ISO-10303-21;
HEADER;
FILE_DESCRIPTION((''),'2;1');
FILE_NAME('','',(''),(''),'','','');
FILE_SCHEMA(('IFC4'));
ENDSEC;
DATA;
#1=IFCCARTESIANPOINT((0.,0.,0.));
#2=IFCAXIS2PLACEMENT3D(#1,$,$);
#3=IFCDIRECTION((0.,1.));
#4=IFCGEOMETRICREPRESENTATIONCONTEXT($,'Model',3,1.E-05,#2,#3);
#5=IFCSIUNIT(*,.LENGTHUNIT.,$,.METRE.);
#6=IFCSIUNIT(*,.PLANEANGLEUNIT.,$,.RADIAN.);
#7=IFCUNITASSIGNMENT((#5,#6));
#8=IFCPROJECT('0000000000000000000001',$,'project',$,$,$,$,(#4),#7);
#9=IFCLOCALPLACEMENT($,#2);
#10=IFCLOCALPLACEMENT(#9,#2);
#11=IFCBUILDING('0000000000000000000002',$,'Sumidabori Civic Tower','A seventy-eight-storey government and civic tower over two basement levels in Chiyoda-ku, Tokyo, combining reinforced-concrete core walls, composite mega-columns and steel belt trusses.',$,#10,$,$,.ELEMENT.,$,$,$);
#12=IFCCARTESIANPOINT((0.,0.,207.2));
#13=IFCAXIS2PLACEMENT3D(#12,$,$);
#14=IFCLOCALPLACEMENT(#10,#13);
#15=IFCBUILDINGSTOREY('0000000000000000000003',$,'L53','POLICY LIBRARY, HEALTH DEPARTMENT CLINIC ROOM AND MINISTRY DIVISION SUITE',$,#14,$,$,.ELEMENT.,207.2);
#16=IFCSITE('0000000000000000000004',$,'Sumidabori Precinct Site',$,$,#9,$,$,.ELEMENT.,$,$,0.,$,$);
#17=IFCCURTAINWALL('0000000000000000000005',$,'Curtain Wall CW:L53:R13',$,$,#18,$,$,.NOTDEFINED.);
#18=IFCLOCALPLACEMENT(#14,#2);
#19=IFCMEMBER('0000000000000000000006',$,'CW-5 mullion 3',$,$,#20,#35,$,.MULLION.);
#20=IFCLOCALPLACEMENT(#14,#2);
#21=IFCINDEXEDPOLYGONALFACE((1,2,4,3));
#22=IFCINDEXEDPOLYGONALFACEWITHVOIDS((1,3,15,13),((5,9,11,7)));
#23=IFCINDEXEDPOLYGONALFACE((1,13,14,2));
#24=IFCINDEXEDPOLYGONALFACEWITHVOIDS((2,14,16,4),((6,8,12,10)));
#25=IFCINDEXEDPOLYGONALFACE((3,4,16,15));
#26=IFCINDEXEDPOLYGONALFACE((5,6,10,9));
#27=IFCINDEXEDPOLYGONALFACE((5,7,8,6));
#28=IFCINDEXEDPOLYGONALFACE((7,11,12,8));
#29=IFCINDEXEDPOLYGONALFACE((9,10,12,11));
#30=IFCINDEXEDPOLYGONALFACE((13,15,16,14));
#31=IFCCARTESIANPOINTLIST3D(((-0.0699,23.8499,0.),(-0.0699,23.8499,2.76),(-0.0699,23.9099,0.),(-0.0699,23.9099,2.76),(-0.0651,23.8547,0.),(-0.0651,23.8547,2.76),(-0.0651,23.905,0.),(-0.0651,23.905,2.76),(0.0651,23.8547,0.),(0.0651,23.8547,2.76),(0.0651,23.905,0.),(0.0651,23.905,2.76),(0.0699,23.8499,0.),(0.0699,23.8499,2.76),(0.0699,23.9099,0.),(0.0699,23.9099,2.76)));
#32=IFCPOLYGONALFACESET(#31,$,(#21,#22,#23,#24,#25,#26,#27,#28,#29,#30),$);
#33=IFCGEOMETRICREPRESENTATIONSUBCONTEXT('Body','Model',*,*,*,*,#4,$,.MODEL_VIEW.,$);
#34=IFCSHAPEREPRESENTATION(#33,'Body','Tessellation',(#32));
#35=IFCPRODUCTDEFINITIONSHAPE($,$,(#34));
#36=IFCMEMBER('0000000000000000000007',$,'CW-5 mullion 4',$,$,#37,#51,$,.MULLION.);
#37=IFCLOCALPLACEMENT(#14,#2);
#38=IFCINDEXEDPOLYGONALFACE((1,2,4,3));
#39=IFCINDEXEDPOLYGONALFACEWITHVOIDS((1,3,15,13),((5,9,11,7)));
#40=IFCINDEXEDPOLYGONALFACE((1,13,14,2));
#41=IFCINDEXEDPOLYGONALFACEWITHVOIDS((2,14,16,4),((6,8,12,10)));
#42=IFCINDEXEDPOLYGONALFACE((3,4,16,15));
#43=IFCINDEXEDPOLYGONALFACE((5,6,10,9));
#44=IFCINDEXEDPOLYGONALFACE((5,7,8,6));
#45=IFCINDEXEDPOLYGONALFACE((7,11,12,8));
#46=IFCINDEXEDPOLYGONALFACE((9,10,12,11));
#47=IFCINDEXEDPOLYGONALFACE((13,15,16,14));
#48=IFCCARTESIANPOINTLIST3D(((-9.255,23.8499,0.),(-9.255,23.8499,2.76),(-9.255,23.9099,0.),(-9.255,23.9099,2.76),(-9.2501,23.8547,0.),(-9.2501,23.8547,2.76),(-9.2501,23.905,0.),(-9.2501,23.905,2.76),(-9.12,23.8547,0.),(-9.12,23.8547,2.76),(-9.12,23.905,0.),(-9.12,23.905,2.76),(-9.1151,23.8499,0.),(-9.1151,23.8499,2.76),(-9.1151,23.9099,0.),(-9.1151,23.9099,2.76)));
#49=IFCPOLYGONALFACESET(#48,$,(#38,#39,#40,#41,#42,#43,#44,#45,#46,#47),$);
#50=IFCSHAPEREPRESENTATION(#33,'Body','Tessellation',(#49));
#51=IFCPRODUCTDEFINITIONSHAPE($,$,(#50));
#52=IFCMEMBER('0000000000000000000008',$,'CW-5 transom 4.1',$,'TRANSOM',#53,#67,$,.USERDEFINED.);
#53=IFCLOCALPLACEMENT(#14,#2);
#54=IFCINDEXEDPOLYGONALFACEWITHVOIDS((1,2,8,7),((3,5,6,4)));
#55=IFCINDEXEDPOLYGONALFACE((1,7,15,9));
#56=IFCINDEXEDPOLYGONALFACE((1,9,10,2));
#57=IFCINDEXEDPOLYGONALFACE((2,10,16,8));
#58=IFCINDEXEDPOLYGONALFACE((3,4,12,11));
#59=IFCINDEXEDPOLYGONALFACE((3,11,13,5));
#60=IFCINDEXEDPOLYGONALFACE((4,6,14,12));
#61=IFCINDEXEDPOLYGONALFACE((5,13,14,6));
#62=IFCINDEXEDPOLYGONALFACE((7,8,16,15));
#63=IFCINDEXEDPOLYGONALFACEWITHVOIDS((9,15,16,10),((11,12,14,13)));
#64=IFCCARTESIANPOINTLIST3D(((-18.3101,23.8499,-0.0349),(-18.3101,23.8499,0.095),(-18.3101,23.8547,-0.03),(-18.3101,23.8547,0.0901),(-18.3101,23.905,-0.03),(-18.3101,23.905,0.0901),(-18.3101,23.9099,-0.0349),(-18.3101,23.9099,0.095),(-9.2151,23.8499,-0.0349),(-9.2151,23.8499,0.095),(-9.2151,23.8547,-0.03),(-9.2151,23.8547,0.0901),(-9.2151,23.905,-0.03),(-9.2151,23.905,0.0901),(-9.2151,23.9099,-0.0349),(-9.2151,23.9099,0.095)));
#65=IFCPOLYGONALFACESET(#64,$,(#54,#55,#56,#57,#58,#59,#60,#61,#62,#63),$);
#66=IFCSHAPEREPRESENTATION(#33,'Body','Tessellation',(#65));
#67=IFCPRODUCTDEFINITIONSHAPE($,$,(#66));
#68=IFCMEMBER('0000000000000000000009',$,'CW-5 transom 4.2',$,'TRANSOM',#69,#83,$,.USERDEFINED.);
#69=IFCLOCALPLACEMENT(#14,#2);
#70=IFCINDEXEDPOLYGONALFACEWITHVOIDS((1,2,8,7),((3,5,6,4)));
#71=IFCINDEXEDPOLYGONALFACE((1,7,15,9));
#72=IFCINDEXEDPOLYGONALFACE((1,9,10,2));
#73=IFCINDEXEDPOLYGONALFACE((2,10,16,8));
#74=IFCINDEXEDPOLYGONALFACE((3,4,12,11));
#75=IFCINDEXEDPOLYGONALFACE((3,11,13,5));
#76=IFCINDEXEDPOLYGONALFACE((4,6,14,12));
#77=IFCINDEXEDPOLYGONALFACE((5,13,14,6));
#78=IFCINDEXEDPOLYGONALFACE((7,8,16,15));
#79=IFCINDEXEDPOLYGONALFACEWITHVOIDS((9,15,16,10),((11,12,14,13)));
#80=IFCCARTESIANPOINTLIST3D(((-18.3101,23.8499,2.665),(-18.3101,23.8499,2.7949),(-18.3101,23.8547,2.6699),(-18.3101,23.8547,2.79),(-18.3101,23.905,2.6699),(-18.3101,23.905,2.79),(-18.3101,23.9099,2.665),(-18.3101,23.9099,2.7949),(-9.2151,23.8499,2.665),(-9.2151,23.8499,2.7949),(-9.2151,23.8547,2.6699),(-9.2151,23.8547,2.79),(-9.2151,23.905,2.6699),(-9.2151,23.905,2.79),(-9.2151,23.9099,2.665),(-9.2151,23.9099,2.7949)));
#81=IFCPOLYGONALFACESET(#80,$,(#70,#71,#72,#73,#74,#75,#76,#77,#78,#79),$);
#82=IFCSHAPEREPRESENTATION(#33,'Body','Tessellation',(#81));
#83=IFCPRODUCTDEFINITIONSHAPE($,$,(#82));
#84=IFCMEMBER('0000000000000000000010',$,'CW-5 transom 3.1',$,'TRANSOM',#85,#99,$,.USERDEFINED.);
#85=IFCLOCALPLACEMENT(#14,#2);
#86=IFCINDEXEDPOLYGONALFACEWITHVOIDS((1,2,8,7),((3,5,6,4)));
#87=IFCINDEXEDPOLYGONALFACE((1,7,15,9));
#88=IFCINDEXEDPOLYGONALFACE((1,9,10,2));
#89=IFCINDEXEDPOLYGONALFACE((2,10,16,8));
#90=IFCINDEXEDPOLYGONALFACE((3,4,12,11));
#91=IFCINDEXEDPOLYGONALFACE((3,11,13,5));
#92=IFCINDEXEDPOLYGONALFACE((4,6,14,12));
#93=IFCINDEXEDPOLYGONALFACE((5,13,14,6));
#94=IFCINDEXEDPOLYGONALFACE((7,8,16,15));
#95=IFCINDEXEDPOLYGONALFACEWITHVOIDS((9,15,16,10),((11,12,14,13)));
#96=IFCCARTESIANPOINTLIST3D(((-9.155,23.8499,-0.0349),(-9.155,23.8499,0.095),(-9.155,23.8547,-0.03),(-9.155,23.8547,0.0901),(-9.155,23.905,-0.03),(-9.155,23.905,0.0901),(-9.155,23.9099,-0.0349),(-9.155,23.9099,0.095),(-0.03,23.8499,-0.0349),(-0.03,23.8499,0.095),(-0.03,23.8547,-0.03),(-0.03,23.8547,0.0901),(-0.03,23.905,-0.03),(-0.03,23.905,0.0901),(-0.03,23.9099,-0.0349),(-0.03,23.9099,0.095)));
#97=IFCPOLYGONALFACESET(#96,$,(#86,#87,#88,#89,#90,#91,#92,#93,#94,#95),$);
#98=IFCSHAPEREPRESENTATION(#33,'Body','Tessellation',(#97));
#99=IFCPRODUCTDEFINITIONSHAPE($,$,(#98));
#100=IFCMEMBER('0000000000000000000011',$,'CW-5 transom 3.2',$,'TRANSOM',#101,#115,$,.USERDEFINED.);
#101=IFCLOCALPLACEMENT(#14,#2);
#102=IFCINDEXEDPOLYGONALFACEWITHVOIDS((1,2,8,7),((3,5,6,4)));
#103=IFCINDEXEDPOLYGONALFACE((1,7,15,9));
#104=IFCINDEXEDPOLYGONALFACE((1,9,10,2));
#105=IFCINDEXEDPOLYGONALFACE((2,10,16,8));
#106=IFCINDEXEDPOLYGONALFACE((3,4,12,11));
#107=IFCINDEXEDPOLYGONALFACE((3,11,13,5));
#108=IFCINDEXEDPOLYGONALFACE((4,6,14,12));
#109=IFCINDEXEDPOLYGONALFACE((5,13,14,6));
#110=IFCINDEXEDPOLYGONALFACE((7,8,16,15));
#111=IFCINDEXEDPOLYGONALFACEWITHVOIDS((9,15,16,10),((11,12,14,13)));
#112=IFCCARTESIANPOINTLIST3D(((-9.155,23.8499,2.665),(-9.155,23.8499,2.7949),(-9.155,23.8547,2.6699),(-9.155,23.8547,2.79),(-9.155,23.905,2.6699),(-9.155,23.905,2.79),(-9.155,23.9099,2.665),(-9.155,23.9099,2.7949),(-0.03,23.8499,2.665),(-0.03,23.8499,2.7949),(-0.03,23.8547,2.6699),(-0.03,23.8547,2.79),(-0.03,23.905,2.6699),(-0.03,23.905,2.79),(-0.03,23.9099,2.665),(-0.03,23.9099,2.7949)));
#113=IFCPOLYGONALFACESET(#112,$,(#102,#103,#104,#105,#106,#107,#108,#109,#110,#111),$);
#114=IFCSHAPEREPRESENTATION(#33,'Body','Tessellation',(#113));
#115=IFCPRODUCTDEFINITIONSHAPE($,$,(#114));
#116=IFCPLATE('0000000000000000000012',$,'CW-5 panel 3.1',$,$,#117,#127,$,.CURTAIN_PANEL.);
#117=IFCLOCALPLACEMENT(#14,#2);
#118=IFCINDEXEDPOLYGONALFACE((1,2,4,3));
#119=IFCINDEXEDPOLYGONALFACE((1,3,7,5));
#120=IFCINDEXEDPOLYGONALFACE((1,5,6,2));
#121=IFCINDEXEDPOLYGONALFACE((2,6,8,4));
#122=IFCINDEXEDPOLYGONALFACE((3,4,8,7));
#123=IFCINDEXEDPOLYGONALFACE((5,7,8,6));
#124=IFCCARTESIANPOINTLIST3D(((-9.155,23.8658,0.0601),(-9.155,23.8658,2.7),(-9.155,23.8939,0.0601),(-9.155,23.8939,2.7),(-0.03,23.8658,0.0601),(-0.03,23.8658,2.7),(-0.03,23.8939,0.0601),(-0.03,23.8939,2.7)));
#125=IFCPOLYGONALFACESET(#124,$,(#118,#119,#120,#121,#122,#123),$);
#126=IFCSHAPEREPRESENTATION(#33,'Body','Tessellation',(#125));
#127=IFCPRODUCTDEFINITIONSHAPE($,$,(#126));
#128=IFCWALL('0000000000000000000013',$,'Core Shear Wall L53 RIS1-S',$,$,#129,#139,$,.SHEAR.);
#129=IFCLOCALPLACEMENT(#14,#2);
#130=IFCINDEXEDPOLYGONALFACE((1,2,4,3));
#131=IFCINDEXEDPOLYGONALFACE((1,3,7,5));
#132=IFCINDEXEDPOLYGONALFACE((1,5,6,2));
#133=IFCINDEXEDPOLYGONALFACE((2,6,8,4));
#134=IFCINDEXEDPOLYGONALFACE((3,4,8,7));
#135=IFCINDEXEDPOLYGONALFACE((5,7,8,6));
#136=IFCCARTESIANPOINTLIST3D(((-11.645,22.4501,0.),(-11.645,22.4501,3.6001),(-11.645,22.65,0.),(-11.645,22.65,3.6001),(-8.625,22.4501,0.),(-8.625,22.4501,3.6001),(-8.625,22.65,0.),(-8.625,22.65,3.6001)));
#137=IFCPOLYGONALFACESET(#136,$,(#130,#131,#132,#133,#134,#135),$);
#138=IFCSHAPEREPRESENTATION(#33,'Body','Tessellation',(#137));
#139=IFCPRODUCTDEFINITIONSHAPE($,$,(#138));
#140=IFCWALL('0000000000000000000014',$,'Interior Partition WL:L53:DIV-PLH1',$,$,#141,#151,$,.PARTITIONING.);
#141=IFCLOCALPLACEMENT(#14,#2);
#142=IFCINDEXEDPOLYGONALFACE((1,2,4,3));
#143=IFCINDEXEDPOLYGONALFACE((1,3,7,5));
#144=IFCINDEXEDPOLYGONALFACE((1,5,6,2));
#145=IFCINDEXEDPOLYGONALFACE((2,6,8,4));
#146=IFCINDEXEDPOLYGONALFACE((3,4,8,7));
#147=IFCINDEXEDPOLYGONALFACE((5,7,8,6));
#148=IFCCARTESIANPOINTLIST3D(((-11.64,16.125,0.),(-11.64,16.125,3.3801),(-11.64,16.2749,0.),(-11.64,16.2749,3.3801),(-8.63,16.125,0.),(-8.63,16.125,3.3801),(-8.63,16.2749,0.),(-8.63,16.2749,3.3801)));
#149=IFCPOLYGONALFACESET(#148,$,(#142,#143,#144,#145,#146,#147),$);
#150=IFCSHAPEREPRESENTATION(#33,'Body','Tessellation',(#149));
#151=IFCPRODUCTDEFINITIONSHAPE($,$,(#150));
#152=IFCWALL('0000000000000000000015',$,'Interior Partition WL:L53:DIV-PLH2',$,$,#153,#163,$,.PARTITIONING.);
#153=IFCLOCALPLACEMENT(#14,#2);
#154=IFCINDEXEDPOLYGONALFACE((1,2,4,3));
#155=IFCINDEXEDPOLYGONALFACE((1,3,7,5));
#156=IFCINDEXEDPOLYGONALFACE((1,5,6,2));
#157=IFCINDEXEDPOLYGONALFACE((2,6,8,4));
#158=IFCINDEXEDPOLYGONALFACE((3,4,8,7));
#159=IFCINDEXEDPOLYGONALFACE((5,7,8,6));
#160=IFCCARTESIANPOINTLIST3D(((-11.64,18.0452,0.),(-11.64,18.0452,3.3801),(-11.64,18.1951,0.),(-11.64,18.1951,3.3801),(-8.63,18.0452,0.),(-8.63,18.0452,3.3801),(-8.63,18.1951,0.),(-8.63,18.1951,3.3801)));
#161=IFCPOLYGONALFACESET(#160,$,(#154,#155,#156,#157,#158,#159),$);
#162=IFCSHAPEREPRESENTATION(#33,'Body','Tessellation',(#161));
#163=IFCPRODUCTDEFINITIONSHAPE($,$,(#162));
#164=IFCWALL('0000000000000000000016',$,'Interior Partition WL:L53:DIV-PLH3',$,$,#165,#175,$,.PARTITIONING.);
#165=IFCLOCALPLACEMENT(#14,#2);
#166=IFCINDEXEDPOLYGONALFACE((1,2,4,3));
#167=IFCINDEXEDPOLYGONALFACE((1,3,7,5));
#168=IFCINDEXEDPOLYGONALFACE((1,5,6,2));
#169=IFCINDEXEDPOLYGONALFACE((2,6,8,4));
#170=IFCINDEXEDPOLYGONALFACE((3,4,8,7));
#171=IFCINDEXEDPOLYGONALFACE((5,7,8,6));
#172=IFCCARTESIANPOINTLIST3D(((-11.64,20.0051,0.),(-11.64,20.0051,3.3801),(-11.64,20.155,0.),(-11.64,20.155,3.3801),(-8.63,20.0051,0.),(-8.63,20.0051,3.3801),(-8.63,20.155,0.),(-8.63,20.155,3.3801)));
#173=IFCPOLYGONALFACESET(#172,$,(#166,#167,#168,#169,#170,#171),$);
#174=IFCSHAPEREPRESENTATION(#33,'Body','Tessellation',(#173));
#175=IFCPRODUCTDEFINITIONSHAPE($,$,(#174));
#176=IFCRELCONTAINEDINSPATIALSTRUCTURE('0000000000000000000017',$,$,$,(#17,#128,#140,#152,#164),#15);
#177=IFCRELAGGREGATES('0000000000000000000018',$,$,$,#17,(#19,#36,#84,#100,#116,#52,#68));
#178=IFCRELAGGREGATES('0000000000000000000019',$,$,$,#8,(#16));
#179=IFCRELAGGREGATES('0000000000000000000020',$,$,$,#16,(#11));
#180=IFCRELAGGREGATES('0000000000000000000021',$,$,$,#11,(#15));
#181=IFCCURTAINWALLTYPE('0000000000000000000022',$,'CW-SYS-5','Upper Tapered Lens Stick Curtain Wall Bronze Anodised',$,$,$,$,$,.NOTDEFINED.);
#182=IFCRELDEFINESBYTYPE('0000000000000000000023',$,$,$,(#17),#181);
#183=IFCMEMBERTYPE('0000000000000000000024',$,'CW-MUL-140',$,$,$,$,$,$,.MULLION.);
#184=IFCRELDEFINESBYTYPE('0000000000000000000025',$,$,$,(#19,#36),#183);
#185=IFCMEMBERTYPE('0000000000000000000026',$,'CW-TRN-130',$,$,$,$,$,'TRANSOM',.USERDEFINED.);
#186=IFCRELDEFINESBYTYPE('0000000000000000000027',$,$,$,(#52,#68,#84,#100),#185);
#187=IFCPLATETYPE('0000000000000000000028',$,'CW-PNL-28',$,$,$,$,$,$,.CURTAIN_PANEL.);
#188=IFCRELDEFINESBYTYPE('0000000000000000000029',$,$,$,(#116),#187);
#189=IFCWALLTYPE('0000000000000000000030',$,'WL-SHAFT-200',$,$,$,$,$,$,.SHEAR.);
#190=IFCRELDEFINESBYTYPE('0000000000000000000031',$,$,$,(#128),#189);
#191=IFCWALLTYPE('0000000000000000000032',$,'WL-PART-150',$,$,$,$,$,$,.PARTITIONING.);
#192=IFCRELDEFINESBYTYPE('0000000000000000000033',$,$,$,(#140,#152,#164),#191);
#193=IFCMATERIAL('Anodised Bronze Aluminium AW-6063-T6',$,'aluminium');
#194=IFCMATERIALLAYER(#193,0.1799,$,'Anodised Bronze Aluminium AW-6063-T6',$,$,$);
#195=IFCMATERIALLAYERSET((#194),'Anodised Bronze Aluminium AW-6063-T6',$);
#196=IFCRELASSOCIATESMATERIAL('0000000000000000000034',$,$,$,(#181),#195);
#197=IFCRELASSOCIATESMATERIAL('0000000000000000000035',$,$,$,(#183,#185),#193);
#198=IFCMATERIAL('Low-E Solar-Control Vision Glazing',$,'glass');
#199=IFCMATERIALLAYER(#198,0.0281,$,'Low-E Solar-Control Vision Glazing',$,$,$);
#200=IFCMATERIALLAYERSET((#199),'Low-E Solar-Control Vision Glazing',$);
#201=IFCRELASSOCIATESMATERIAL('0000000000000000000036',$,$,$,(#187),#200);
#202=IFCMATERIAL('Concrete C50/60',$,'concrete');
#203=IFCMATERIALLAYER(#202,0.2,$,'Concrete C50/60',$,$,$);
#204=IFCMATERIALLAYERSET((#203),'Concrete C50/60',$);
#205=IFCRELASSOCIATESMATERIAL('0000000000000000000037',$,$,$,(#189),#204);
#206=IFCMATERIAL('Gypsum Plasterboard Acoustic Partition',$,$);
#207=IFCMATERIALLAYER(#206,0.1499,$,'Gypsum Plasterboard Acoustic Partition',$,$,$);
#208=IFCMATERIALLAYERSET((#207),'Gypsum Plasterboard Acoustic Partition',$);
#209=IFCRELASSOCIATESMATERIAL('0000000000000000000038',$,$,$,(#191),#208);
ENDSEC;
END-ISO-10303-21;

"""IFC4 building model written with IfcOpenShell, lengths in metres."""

from ifc_helpers import new_model, si_unit, direction, frame, frame_2d, origin, origin_2d, place, context, subcontext, project, spatial, rectangle, hollow_rectangle, extrude, source, transform, mapped, material, layer, layer_set, material_profile, profile_set, type_object, element, aggregate, save


model = new_model("IFC4")

# Units and contexts
model_context = context("Model", 3, precision=1e-05, world=origin(), true_north=direction((0.0, 1.0)))
body_context = subcontext(model_context, "Body", "Model", "MODEL_VIEW")
ifc_project = project(units=[si_unit("LENGTHUNIT", "METRE"), si_unit("PLANEANGLEUNIT", "RADIAN")], contexts=[model_context])

# Site, building, storey
site_placement = place(None, origin())
site = spatial("IfcSite", under=ifc_project, at=site_placement, Name="Sumidabori Precinct Site", CompositionType="ELEMENT", RefElevation=0.0)
building_placement = place(site_placement, origin())
building = spatial("IfcBuilding", under=site, at=building_placement, Name="Sumidabori Civic Tower", Description="A seventy-eight-storey government and civic tower over two basement levels in Chiyoda-ku, Tokyo, combining reinforced-concrete core walls, composite mega-columns and steel belt trusses.", CompositionType="ELEMENT")
storey_placement = place(building_placement, frame((0.0, 0.0, 207.2)))
storey = spatial("IfcBuildingStorey", under=building, at=storey_placement, Name="L53", Description="POLICY LIBRARY, HEALTH DEPARTMENT CLINIC ROOM AND MINISTRY DIVISION SUITE", CompositionType="ELEMENT", Elevation=207.2)

# Curtain wall, members, plate
ifc_material_1 = material(Name="Anodised Bronze Aluminium AW-6063-T6", Category="aluminium")
ifc_layer_1 = layer(ifc_material_1, 0.1799, Name="Anodised Bronze Aluminium AW-6063-T6")
ifc_layer_set_1 = layer_set([ifc_layer_1], Name="Anodised Bronze Aluminium AW-6063-T6")
curtain_wall_type = type_object("IfcCurtainWallType", Name="CW-SYS-5", Description="Upper Tapered Lens Stick Curtain Wall Bronze Anodised", PredefinedType="NOTDEFINED", material=ifc_layer_set_1)
curtain_wall_placement = place(storey_placement, origin())
curtain_wall = element("IfcCurtainWall", 1, at=curtain_wall_placement, inside=storey, type_object=curtain_wall_type, Name="Curtain Wall CW:L53:R13", PredefinedType="NOTDEFINED")
ifc_material_profile_1 = material_profile(ifc_material_1, hollow_rectangle(XDim=0.0601, YDim=0.1399, WallThickness=0.0049, at=origin_2d()), Name="ALU MULLION 140x60")
ifc_profile_set_1 = profile_set([ifc_material_profile_1], Name="Anodised Bronze Aluminium AW-6063-T6")
member_type_1 = type_object("IfcMemberType", Name="CW-MUL-140", PredefinedType="MULLION", material=ifc_profile_set_1)
shared_shape_1 = source(origin(), body_context, "Body", "SweptSolid", [
    extrude(hollow_rectangle(XDim=0.0601, YDim=0.1399, WallThickness=0.0049, at=origin_2d()), origin(), (0.0, 0.0, 1.0), 2.76),
])
member_1_placement = place(storey_placement, frame((0.0, 23.8799, 0.0), z_axis=(0.0, 0.0, 1.0), x_axis=(0.0, -1.0, 0.0)))
member_1 = element("IfcMember", 2, at=member_1_placement, type_object=member_type_1, Name="CW-5 mullion 3", PredefinedType="MULLION", context=body_context, shape_type="MappedRepresentation", body=[
    mapped(shared_shape_1, transform((0.0, 0.0, 0.0), x_axis=(1.0, 0.0, 0.0), y_axis=(0.0, 1.0, 0.0), z_axis=(0.0, 0.0, 1.0), scale=1.0)),
])
member_2_placement = place(storey_placement, frame((-9.1851, 23.8799, 0.0), z_axis=(0.0, 0.0, 1.0), x_axis=(0.0, -1.0, 0.0)))
member_2 = element("IfcMember", 3, at=member_2_placement, type_object=member_type_1, Name="CW-5 mullion 4", PredefinedType="MULLION", context=body_context, shape_type="MappedRepresentation", body=[
    mapped(shared_shape_1, transform((0.0, 0.0, 0.0), x_axis=(1.0, 0.0, 0.0), y_axis=(0.0, 1.0, 0.0), z_axis=(0.0, 0.0, 1.0), scale=1.0)),
])
ifc_material_profile_2 = material_profile(ifc_material_1, hollow_rectangle(XDim=0.0601, YDim=0.1299, WallThickness=0.0049, at=origin_2d()), Name="ALU TRANSOM 130x60")
ifc_profile_set_2 = profile_set([ifc_material_profile_2], Name="Anodised Bronze Aluminium AW-6063-T6")
member_type_2 = type_object("IfcMemberType", Name="CW-TRN-130", ElementType="TRANSOM", PredefinedType="USERDEFINED", material=ifc_profile_set_2)
shared_shape_2 = source(origin(), body_context, "Body", "SweptSolid", [
    extrude(hollow_rectangle(XDim=0.0601, YDim=0.1299, WallThickness=0.0049, at=origin_2d()), origin(), (0.0, 0.0, 1.0), 9.095),
])
member_3_placement = place(storey_placement, frame((-9.2151, 23.8799, 0.03), z_axis=(-1.0, 0.0, 0.0), x_axis=(0.0, -1.0, 0.0)))
member_3 = element("IfcMember", 4, at=member_3_placement, type_object=member_type_2, Name="CW-5 transom 4.1", ObjectType="TRANSOM", PredefinedType="USERDEFINED", context=body_context, shape_type="MappedRepresentation", body=[
    mapped(shared_shape_2, transform((0.0, 0.0, 0.0), x_axis=(1.0, 0.0, 0.0), y_axis=(0.0, 1.0, 0.0), z_axis=(0.0, 0.0, 1.0), scale=1.0)),
])
member_4_placement = place(storey_placement, frame((-9.2151, 23.8799, 2.73), z_axis=(-1.0, 0.0, 0.0), x_axis=(0.0, -1.0, 0.0)))
member_4 = element("IfcMember", 5, at=member_4_placement, type_object=member_type_2, Name="CW-5 transom 4.2", ObjectType="TRANSOM", PredefinedType="USERDEFINED", context=body_context, shape_type="MappedRepresentation", body=[
    mapped(shared_shape_2, transform((0.0, 0.0, 0.0), x_axis=(1.0, 0.0, 0.0), y_axis=(0.0, 1.0, 0.0), z_axis=(0.0, 0.0, 1.0), scale=1.0)),
])
shared_shape_3 = source(origin(), body_context, "Body", "SweptSolid", [
    extrude(hollow_rectangle(XDim=0.0601, YDim=0.1299, WallThickness=0.0049, at=origin_2d()), origin(), (0.0, 0.0, 1.0), 9.125),
])
member_5_placement = place(storey_placement, frame((-0.03, 23.8799, 0.03), z_axis=(-1.0, 0.0, 0.0), x_axis=(0.0, -1.0, 0.0)))
member_5 = element("IfcMember", 6, at=member_5_placement, type_object=member_type_2, Name="CW-5 transom 3.1", ObjectType="TRANSOM", PredefinedType="USERDEFINED", context=body_context, shape_type="MappedRepresentation", body=[
    mapped(shared_shape_3, transform((0.0, 0.0, 0.0), x_axis=(1.0, 0.0, 0.0), y_axis=(0.0, 1.0, 0.0), z_axis=(0.0, 0.0, 1.0), scale=1.0)),
])
member_6_placement = place(storey_placement, frame((-0.03, 23.8799, 2.73), z_axis=(-1.0, 0.0, 0.0), x_axis=(0.0, -1.0, 0.0)))
member_6 = element("IfcMember", 7, at=member_6_placement, type_object=member_type_2, Name="CW-5 transom 3.2", ObjectType="TRANSOM", PredefinedType="USERDEFINED", context=body_context, shape_type="MappedRepresentation", body=[
    mapped(shared_shape_3, transform((0.0, 0.0, 0.0), x_axis=(1.0, 0.0, 0.0), y_axis=(0.0, 1.0, 0.0), z_axis=(0.0, 0.0, 1.0), scale=1.0)),
])
ifc_material_2 = material(Name="Low-E Solar-Control Vision Glazing", Category="glass")
ifc_layer_2 = layer(ifc_material_2, 0.0281, Name="Low-E Solar-Control Vision Glazing")
ifc_layer_set_2 = layer_set([ifc_layer_2], Name="Low-E Solar-Control Vision Glazing")
plate_type = type_object("IfcPlateType", Name="CW-PNL-28", PredefinedType="CURTAIN_PANEL", material=ifc_layer_set_2)
shared_shape_4 = source(origin(), body_context, "Body", "SweptSolid", [
    extrude(rectangle(XDim=9.125, YDim=0.0281, at=origin_2d()), origin(), (0.0, 0.0, 1.0), 2.6399),
])
plate_placement = place(storey_placement, frame((-4.5925, 23.8799, 0.0601), z_axis=(0.0, 0.0, 1.0), x_axis=(-1.0, 0.0, 0.0)))
plate = element("IfcPlate", 8, at=plate_placement, type_object=plate_type, Name="CW-5 panel 3.1", PredefinedType="CURTAIN_PANEL", context=body_context, shape_type="MappedRepresentation", body=[
    mapped(shared_shape_4, transform((0.0, 0.0, 0.0), x_axis=(1.0, 0.0, 0.0), y_axis=(0.0, 1.0, 0.0), z_axis=(0.0, 0.0, 1.0), scale=1.0)),
])
aggregate(curtain_wall, [member_1, member_2, member_5, member_6, plate, member_3, member_4])

# Walls
ifc_material_3 = material(Name="Concrete C50/60", Category="concrete")
ifc_layer_3 = layer(ifc_material_3, 0.2, Name="Concrete C50/60")
ifc_layer_set_3 = layer_set([ifc_layer_3], Name="Concrete C50/60")
wall_type_1 = type_object("IfcWallType", Name="WL-SHAFT-200", PredefinedType="SHEAR", material=ifc_layer_set_3)
shared_shape_5 = source(origin(), body_context, "Body", "SweptSolid", [
    extrude(rectangle(XDim=3.02, YDim=0.2, at=frame_2d((1.51, 0.0))), origin(), (0.0, 0.0, 1.0), 3.6001),
])
wall_1_placement = place(storey_placement, frame((-11.645, 22.55, 0.0), z_axis=(0.0, 0.0, 1.0), x_axis=(1.0, 0.0, 0.0)))
element("IfcWall", 9, at=wall_1_placement, inside=storey, type_object=wall_type_1, Name="Core Shear Wall L53 RIS1-S", PredefinedType="SHEAR", context=body_context, shape_type="MappedRepresentation", body=[
    mapped(shared_shape_5, transform((0.0, 0.0, 0.0), x_axis=(1.0, 0.0, 0.0), y_axis=(0.0, 1.0, 0.0), z_axis=(0.0, 0.0, 1.0), scale=1.0)),
])
ifc_material_4 = material(Name="Gypsum Plasterboard Acoustic Partition")
ifc_layer_4 = layer(ifc_material_4, 0.1499, Name="Gypsum Plasterboard Acoustic Partition")
ifc_layer_set_4 = layer_set([ifc_layer_4], Name="Gypsum Plasterboard Acoustic Partition")
wall_type_2 = type_object("IfcWallType", Name="WL-PART-150", PredefinedType="PARTITIONING", material=ifc_layer_set_4)
shared_shape_6 = source(origin(), body_context, "Body", "SweptSolid", [
    extrude(rectangle(XDim=3.01, YDim=0.1499, at=frame_2d((1.5049, 0.0))), origin(), (0.0, 0.0, 1.0), 3.3801),
])
for number, where, z_axis, x_axis, name in (
    (10, (-11.6399, 16.2, 0.0), (0.0, 0.0, 1.0), (1.0, 0.0, 0.0), "Interior Partition WL:L53:DIV-PLH1"),
    (11, (-11.6399, 18.1201, 0.0), (0.0, 0.0, 1.0), (1.0, 0.0, 0.0), "Interior Partition WL:L53:DIV-PLH2"),
    (12, (-11.6399, 20.0801, 0.0), (0.0, 0.0, 1.0), (1.0, 0.0, 0.0), "Interior Partition WL:L53:DIV-PLH3"),
):
    element("IfcWall", number, at=place(storey_placement, frame(where, z_axis=z_axis, x_axis=x_axis)), inside=storey, type_object=wall_type_2, Name=name, PredefinedType="PARTITIONING", context=body_context, shape_type="MappedRepresentation", body=[
        mapped(shared_shape_6, transform((0.0, 0.0, 0.0), x_axis=(1.0, 0.0, 0.0), y_axis=(0.0, 1.0, 0.0), z_axis=(0.0, 0.0, 1.0), scale=1.0)),
    ])

save(model, "model.ifc")
